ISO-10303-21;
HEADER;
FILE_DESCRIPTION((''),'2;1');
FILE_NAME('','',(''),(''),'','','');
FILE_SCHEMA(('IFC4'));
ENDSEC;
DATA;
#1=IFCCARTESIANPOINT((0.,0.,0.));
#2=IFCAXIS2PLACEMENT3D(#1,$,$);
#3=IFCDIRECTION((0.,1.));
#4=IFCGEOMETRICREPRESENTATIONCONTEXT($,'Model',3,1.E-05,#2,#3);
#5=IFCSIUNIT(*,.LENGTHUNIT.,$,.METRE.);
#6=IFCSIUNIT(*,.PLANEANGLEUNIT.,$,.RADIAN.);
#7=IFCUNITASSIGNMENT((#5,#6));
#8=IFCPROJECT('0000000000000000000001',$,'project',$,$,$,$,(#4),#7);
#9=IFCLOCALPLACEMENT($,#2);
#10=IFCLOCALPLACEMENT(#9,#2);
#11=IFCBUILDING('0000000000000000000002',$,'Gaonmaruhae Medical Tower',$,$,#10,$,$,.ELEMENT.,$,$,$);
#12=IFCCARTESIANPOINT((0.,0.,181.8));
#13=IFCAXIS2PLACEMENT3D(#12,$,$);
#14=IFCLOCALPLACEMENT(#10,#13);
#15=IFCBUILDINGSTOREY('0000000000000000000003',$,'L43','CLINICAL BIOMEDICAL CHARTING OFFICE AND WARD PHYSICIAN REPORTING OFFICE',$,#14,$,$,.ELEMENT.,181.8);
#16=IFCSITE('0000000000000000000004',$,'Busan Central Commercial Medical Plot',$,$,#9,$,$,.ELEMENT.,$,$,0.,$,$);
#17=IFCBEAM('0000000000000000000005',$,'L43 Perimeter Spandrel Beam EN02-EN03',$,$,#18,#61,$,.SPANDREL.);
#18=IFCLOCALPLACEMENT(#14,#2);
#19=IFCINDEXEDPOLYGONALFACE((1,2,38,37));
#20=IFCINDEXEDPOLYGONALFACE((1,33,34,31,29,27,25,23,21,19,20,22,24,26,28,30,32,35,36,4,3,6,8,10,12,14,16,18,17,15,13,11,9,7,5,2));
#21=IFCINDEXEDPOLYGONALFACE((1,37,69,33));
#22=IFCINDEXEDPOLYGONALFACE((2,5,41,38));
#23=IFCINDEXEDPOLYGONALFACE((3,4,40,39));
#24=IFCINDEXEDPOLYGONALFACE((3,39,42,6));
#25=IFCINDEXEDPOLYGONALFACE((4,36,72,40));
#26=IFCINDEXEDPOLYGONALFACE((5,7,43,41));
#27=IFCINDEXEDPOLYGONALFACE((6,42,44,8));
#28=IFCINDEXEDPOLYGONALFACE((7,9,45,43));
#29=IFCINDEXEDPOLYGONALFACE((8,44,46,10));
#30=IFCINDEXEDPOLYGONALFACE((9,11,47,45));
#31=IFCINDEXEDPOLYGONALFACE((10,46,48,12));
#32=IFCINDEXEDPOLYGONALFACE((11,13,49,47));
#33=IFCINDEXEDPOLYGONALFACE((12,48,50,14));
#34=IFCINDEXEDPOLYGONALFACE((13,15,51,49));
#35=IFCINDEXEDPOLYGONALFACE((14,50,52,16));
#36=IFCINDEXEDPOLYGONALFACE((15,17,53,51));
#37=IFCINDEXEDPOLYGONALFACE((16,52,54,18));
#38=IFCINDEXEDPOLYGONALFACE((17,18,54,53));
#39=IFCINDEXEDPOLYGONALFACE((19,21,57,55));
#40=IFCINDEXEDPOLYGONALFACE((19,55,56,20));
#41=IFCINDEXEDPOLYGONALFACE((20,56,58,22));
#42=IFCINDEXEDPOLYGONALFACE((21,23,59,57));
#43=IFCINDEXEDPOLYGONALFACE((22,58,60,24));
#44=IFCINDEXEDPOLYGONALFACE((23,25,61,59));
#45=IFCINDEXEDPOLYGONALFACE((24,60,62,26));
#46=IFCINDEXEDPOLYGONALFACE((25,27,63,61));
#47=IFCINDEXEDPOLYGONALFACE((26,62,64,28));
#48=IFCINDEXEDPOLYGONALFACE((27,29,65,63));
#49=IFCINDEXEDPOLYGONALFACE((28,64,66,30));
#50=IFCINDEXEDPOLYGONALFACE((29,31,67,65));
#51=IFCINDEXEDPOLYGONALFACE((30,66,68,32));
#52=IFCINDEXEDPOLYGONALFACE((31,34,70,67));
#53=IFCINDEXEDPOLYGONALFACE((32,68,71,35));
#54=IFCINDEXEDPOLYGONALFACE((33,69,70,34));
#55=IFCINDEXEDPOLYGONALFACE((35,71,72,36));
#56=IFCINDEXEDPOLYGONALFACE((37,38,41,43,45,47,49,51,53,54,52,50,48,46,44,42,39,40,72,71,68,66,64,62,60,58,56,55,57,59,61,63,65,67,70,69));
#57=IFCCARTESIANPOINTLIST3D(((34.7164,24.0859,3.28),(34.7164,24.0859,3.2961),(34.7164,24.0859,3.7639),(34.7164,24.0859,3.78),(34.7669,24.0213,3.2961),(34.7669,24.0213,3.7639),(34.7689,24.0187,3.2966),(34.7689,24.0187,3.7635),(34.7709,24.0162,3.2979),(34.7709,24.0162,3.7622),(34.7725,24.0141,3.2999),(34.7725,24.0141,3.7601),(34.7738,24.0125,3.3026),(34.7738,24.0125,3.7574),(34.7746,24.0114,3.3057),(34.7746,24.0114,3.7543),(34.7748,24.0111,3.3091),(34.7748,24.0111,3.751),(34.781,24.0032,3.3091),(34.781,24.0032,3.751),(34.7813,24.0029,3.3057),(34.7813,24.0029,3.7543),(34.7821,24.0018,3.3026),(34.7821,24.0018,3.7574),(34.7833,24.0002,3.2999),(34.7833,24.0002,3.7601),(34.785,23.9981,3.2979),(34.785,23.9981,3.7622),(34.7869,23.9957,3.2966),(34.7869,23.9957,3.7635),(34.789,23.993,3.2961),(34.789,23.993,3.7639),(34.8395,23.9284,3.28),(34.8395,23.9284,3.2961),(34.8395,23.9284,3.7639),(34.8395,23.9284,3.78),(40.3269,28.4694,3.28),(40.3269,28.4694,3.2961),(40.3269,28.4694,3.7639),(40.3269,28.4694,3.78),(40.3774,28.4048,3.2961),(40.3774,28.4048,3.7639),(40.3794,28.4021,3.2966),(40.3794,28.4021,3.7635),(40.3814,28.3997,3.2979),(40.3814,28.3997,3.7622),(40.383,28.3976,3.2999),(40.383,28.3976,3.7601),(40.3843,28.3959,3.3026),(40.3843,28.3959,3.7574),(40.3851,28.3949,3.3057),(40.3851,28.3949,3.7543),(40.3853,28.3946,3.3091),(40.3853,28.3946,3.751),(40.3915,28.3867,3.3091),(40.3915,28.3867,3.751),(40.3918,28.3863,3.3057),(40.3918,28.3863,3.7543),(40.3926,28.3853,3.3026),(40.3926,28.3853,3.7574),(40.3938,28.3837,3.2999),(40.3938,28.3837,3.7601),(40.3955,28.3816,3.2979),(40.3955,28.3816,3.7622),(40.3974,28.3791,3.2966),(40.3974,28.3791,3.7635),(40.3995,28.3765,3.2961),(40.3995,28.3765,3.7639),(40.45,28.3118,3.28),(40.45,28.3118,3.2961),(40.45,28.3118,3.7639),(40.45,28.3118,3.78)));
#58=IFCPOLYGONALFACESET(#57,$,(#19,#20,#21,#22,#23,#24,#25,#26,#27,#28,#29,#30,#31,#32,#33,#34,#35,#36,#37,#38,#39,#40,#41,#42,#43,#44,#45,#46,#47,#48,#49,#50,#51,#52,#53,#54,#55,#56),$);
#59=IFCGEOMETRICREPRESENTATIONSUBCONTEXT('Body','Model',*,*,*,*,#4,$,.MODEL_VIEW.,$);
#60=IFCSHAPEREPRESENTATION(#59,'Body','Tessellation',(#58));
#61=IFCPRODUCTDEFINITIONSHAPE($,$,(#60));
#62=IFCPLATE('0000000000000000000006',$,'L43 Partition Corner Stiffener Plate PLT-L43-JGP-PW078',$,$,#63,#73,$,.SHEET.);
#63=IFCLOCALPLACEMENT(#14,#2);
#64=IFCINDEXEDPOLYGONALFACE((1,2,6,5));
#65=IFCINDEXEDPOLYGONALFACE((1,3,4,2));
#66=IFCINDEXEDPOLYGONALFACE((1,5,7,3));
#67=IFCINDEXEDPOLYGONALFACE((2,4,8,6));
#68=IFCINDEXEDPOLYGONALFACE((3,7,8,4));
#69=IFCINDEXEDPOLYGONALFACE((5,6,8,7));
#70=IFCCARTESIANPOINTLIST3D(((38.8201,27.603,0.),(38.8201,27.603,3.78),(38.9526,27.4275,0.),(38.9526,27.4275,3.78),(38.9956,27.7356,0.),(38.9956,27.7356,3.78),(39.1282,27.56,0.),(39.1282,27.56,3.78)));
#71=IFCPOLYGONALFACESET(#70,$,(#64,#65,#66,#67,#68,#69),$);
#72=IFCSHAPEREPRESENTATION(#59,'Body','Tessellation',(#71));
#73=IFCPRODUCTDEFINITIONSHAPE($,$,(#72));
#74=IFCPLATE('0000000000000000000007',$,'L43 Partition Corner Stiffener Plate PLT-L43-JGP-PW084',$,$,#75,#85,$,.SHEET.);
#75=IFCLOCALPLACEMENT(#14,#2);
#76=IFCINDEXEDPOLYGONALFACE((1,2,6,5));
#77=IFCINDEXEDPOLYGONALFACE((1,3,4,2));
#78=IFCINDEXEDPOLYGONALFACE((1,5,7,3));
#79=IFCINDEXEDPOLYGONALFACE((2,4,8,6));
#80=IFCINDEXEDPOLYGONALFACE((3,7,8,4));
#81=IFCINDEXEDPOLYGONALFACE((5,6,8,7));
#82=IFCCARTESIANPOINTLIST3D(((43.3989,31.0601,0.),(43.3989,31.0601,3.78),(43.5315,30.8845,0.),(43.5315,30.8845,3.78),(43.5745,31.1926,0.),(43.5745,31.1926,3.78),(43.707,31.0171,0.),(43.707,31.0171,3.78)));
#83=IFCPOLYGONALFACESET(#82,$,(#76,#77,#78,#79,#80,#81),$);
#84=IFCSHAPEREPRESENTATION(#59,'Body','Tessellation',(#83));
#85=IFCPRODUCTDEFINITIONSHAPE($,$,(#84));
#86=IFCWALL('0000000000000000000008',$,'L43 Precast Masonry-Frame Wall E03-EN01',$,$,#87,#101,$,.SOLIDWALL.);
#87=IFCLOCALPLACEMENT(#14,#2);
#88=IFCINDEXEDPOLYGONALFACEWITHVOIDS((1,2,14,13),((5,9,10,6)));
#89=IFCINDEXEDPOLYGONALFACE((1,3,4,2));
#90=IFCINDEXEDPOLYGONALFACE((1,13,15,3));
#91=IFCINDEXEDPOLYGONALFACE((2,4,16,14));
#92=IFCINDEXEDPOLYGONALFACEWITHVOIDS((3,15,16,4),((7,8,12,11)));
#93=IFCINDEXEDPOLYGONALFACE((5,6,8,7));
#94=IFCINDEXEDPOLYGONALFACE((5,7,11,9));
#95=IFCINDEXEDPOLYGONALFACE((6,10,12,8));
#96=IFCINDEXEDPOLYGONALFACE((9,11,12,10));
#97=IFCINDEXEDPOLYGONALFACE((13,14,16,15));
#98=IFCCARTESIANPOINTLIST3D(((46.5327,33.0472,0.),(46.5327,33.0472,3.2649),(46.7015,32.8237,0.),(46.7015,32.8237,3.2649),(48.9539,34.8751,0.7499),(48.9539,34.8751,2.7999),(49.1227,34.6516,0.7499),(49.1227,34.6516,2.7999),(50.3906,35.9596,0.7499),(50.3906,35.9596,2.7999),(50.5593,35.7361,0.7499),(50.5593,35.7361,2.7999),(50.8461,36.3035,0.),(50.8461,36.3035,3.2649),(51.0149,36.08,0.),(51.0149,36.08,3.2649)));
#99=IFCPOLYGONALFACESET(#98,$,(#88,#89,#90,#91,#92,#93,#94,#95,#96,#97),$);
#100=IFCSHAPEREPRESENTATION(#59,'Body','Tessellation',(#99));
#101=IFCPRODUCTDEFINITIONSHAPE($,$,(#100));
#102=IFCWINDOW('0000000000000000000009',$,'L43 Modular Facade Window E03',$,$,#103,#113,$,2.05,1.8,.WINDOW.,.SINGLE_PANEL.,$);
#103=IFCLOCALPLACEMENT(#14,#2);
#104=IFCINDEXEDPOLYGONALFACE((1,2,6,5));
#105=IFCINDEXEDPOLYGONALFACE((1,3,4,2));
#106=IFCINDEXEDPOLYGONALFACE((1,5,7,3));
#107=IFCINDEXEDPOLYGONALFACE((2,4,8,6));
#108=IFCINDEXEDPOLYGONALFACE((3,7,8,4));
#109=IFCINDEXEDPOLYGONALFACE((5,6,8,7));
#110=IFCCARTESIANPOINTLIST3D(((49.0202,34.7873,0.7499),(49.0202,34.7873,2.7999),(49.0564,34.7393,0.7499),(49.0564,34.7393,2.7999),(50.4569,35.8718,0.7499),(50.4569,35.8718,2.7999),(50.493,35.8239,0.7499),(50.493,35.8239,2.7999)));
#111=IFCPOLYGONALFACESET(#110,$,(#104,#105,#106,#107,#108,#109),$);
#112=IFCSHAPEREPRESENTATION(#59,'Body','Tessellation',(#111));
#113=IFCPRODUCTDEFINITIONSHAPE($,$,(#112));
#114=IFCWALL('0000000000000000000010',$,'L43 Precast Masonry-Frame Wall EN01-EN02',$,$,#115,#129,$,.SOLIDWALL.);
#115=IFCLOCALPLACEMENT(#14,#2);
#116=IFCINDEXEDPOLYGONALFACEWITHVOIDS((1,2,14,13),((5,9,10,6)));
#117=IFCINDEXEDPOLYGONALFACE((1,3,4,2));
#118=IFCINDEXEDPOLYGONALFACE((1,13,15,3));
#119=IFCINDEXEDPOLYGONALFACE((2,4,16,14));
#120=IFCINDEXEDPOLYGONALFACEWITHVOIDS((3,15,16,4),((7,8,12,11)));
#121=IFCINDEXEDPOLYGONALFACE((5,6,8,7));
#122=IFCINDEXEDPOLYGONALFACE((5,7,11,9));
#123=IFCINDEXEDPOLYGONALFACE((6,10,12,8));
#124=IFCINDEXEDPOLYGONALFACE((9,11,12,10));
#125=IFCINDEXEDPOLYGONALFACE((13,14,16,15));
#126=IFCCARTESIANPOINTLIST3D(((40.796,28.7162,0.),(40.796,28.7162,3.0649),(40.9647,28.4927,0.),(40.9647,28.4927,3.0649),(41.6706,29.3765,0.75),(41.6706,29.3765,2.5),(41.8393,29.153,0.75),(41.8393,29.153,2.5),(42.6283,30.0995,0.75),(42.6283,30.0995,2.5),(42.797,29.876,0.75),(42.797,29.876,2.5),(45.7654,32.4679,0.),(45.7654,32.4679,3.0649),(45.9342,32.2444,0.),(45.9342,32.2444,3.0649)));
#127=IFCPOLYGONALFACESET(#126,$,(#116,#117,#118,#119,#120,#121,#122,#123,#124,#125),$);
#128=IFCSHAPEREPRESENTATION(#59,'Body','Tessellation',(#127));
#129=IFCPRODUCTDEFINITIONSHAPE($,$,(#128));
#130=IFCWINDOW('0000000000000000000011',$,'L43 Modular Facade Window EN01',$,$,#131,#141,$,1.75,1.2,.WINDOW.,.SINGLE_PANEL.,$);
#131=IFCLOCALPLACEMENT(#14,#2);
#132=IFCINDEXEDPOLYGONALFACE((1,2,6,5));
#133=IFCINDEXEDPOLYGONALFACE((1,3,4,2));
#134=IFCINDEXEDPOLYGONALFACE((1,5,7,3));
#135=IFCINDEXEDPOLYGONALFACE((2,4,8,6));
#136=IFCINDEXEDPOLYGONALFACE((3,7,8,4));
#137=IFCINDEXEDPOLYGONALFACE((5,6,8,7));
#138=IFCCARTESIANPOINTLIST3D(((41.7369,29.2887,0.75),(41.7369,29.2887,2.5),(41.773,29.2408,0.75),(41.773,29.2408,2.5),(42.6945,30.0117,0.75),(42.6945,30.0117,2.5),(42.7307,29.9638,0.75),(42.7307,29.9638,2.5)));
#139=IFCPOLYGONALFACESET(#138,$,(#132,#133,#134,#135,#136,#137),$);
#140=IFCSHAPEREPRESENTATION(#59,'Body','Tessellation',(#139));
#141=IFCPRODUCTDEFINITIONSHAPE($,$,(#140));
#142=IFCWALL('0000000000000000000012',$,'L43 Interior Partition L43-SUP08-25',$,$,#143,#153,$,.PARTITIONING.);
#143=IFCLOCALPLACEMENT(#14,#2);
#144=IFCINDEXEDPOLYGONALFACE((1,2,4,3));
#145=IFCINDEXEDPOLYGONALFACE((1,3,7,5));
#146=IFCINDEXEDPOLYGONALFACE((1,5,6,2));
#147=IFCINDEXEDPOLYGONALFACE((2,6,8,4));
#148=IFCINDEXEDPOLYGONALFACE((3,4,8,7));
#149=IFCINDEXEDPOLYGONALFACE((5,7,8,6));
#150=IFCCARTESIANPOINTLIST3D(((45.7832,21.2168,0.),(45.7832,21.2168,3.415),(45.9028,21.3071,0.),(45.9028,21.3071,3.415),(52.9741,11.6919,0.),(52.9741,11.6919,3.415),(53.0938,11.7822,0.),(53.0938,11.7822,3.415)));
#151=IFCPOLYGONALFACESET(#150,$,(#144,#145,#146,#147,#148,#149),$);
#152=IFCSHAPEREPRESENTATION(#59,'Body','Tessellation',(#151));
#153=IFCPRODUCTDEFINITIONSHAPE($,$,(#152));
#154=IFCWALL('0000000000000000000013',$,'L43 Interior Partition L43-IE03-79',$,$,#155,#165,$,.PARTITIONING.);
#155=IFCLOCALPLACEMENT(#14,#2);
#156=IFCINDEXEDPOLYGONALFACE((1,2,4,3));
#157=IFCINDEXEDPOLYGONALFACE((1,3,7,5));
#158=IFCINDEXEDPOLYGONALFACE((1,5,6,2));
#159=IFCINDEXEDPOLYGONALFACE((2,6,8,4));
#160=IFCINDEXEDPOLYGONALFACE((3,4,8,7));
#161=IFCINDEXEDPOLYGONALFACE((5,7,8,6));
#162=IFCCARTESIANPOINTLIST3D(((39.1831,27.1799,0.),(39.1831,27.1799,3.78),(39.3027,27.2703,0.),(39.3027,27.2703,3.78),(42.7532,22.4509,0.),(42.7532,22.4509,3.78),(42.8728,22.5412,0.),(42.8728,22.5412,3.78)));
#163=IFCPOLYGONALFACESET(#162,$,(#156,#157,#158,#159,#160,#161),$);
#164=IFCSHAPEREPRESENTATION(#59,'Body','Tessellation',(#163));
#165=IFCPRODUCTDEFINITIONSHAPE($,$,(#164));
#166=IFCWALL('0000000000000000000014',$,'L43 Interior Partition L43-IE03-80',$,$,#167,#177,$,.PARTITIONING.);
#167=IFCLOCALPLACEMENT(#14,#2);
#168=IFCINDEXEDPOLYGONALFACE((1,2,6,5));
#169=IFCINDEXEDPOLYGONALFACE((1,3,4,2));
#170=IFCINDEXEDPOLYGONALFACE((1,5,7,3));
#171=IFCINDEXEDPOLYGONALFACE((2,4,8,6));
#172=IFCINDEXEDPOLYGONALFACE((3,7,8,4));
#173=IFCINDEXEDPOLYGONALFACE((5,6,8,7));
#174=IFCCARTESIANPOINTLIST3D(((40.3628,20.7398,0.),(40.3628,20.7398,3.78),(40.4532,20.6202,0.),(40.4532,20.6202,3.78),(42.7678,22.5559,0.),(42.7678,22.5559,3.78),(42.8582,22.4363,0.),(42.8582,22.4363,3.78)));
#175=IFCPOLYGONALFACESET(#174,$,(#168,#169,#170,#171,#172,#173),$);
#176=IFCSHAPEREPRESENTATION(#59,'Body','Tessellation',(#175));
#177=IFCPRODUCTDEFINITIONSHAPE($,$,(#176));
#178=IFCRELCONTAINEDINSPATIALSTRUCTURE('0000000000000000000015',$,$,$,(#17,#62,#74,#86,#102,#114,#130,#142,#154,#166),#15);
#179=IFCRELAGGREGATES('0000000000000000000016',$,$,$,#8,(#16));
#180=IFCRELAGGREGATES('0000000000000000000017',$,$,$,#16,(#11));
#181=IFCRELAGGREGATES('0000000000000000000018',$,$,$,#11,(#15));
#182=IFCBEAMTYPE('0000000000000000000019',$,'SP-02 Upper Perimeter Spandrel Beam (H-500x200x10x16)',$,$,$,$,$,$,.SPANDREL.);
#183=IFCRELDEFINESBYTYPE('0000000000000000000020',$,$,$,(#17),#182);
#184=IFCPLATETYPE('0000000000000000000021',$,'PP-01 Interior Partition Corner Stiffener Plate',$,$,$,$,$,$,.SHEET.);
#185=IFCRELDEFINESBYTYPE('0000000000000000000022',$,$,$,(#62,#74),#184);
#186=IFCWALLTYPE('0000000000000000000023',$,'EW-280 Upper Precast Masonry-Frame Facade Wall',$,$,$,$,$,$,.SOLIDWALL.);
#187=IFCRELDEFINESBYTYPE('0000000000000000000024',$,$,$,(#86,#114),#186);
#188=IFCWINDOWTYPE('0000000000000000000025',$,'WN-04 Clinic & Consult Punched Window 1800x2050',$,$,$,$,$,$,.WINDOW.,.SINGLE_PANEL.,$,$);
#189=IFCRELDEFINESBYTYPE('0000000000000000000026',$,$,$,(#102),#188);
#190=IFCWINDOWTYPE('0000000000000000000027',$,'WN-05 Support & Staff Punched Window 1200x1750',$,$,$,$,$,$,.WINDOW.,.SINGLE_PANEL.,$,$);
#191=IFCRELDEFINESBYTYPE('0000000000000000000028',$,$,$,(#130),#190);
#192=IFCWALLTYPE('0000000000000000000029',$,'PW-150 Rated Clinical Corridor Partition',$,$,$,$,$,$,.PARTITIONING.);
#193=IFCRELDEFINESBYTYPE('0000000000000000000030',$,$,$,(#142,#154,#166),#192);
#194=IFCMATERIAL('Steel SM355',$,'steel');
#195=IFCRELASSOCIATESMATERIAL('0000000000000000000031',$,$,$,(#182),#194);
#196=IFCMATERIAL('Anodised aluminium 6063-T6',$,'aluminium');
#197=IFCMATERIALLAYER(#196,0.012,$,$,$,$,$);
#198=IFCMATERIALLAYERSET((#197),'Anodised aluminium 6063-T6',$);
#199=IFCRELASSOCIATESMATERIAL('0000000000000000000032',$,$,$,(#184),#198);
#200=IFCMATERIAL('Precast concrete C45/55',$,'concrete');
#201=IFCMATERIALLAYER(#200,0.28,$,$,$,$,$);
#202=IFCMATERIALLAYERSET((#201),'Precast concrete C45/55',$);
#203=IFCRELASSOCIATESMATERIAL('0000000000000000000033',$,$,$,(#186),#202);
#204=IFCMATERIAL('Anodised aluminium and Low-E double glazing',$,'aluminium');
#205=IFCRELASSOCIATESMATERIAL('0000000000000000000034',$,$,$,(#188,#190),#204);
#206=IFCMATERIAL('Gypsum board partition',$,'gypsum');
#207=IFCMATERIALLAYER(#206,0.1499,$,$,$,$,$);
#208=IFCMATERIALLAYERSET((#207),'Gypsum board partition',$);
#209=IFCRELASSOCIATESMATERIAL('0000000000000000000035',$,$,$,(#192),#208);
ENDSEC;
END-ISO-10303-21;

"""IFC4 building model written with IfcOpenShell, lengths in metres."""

from ifc_helpers import new_model, si_unit, direction, frame, frame_2d, origin, origin_2d, place, context, subcontext, project, spatial, rectangle, i_section, extrude, material, layer, layer_set, material_profile, profile_set, type_object, element, fill, save


model = new_model("IFC4")

# Units and contexts
model_context = context("Model", 3, precision=1e-05, world=origin(), true_north=direction((0.0, 1.0)))
body_context = subcontext(model_context, "Body", "Model", "MODEL_VIEW")
ifc_project = project(units=[si_unit("LENGTHUNIT", "METRE"), si_unit("PLANEANGLEUNIT", "RADIAN")], contexts=[model_context])

# Site, building, storey
site_placement = place(None, origin())
site = spatial("IfcSite", under=ifc_project, at=site_placement, Name="Busan Central Commercial Medical Plot", CompositionType="ELEMENT", RefElevation=0.0)
building_placement = place(site_placement, origin())
building = spatial("IfcBuilding", under=site, at=building_placement, Name="Gaonmaruhae Medical Tower", CompositionType="ELEMENT")
storey_placement = place(building_placement, frame((0.0, 0.0, 181.8)))
storey = spatial("IfcBuildingStorey", under=building, at=storey_placement, Name="L43", Description="CLINICAL BIOMEDICAL CHARTING OFFICE AND WARD PHYSICIAN REPORTING OFFICE", CompositionType="ELEMENT", Elevation=181.8)

# Beam
ifc_material_1 = material(Name="Steel SM355", Category="steel")
ifc_material_profile_1 = material_profile(ifc_material_1, i_section(OverallWidth=0.2, OverallDepth=0.5, WebThickness=0.01, FlangeThickness=0.0161, FilletRadius=0.0129, at=origin_2d()), Name="H-500x200x10x16")
ifc_profile_set_1 = profile_set([ifc_material_profile_1], Name="Steel SM355")
beam_type_1 = type_object("IfcBeamType", Name="SP-02 Upper Perimeter Spandrel Beam (H-500x200x10x16)", PredefinedType="SPANDREL", material=ifc_profile_set_1)
for number, where, z_axis, x_axis, name in (
    (1, (40.3884, 28.3906, 3.53), (-0.788006, -0.615667, 0.0), (0.615667, -0.788006, 0.0), "L43 Perimeter Spandrel Beam EN02-EN03"),
):
    element("IfcBeam", number, at=place(storey_placement, frame(where, z_axis=z_axis, x_axis=x_axis)), inside=storey, type_object=beam_type_1, Name=name, PredefinedType="SPANDREL", context=body_context, shape_type="SweptSolid", body=[
        extrude(i_section(OverallWidth=0.2, OverallDepth=0.5, WebThickness=0.01, FlangeThickness=0.0161, FilletRadius=0.0129, at=origin_2d()), origin(), (0.0, 0.0, 1.0), 7.1199),
    ])

# Plates
ifc_material_2 = material(Name="Anodised aluminium 6063-T6", Category="aluminium")
ifc_layer_1 = layer(ifc_material_2, 0.012)
ifc_layer_set_1 = layer_set([ifc_layer_1], Name="Anodised aluminium 6063-T6")
plate_type = type_object("IfcPlateType", Name="PP-01 Interior Partition Corner Stiffener Plate", PredefinedType="SHEET", material=ifc_layer_set_1)
for number, where, z_axis, x_axis, name in (
    (2, (38.9741, 27.5815, 0.0), (0.0, 0.0, 1.0), (0.602567, -0.798068, 0.0), "L43 Partition Corner Stiffener Plate PLT-L43-JGP-PW078"),
    (3, (43.553, 31.0386, 0.0), (0.0, 0.0, 1.0), (0.602567, -0.798068, 0.0), "L43 Partition Corner Stiffener Plate PLT-L43-JGP-PW084"),
):
    element("IfcPlate", number, at=place(storey_placement, frame(where, z_axis=z_axis, x_axis=x_axis)), inside=storey, type_object=plate_type, Name=name, PredefinedType="SHEET", context=body_context, shape_type="SweptSolid", body=[
        extrude(rectangle(XDim=0.22, YDim=0.22, at=origin_2d()), origin(), (0.0, 0.0, 1.0), 3.78),
    ])

# Walls, openings, windows
ifc_material_3 = material(Name="Precast concrete C45/55", Category="concrete")
ifc_layer_2 = layer(ifc_material_3, 0.28)
ifc_layer_set_2 = layer_set([ifc_layer_2], Name="Precast concrete C45/55")
wall_type_1 = type_object("IfcWallType", Name="EW-280 Upper Precast Masonry-Frame Facade Wall", PredefinedType="SOLIDWALL", material=ifc_layer_set_2)
wall_1_placement = place(storey_placement, frame((46.6172, 32.9355, 0.0), z_axis=(0.0, 0.0, 1.0), x_axis=(0.79811, 0.602512, 0.0)))
wall_1 = element("IfcWall", 4, at=wall_1_placement, inside=storey, type_object=wall_type_1, Name="L43 Precast Masonry-Frame Wall E03-EN01", PredefinedType="SOLIDWALL", context=body_context, shape_type="SweptSolid", body=[
    extrude(rectangle(XDim=5.4045, YDim=0.28, at=frame_2d((2.7021, 0.0))), origin(), (0.0, 0.0, 1.0), 3.2649),
])
opening_1_placement = place(wall_1_placement, frame((3.0337, 0.0, 0.75)))
opening_1 = element("IfcOpeningElement", 5, at=opening_1_placement, cuts=wall_1, PredefinedType="OPENING", context=body_context, shape_type="SweptSolid", body=[
    extrude(rectangle(XDim=1.8, YDim=2.05, at=frame_2d((0.8999, 1.0249))), frame((0.0, 0.1499, 0.0), z_axis=(0.0, -1.0, 0.0), x_axis=(1.0, 0.0, 0.0)), (0.0, 0.0, 1.0), 0.3),
])
ifc_material_4 = material(Name="Anodised aluminium and Low-E double glazing", Category="aluminium")
window_type_1 = type_object("IfcWindowType", Name="WN-04 Clinic & Consult Punched Window 1800x2050", PartitioningType="SINGLE_PANEL", PredefinedType="WINDOW", material=ifc_material_4)
window_1_placement = place(opening_1_placement, origin())
window_1 = element("IfcWindow", 6, at=window_1_placement, inside=storey, type_object=window_type_1, Name="L43 Modular Facade Window E03", OverallHeight=2.05, OverallWidth=1.8, PartitioningType="SINGLE_PANEL", PredefinedType="WINDOW", context=body_context, shape_type="SweptSolid", body=[
    extrude(rectangle(XDim=1.8, YDim=2.05, at=frame_2d((0.8999, 1.0249))), frame((0.0, 0.03, 0.0), z_axis=(0.0, -1.0, 0.0), x_axis=(1.0, 0.0, 0.0)), (0.0, 0.0, 1.0), 0.0601),
])
fill(opening_1, window_1)
wall_2_placement = place(storey_placement, frame((40.8804, 28.6045, 0.0), z_axis=(0.0, 0.0, 1.0), x_axis=(0.7981, 0.602525, 0.0)))
wall_2 = element("IfcWall", 7, at=wall_2_placement, inside=storey, type_object=wall_type_1, Name="L43 Precast Masonry-Frame Wall EN01-EN02", PredefinedType="SOLIDWALL", context=body_context, shape_type="SweptSolid", body=[
    extrude(rectangle(XDim=6.2266, YDim=0.28, at=frame_2d((3.1133, 0.0))), origin(), (0.0, 0.0, 1.0), 3.0649),
])
opening_2_placement = place(wall_2_placement, frame((1.0957, 0.0, 0.75)))
opening_2 = element("IfcOpeningElement", 8, at=opening_2_placement, cuts=wall_2, PredefinedType="OPENING", context=body_context, shape_type="SweptSolid", body=[
    extrude(rectangle(XDim=1.2, YDim=1.75, at=frame_2d((0.6001, 0.875))), frame((0.0, 0.1499, 0.0), z_axis=(0.0, -1.0, 0.0), x_axis=(1.0, 0.0, 0.0)), (0.0, 0.0, 1.0), 0.3),
])
window_type_2 = type_object("IfcWindowType", Name="WN-05 Support & Staff Punched Window 1200x1750", PartitioningType="SINGLE_PANEL", PredefinedType="WINDOW", material=ifc_material_4)
window_2_placement = place(opening_2_placement, origin())
window_2 = element("IfcWindow", 9, at=window_2_placement, inside=storey, type_object=window_type_2, Name="L43 Modular Facade Window EN01", OverallHeight=1.75, OverallWidth=1.2, PartitioningType="SINGLE_PANEL", PredefinedType="WINDOW", context=body_context, shape_type="SweptSolid", body=[
    extrude(rectangle(XDim=1.2, YDim=1.75, at=frame_2d((0.6001, 0.875))), frame((0.0, 0.03, 0.0), z_axis=(0.0, -1.0, 0.0), x_axis=(1.0, 0.0, 0.0)), (0.0, 0.0, 1.0), 0.0601),
])
fill(opening_2, window_2)

# Wall
ifc_material_5 = material(Name="Gypsum board partition", Category="gypsum")
ifc_layer_3 = layer(ifc_material_5, 0.1499)
ifc_layer_set_3 = layer_set([ifc_layer_3], Name="Gypsum board partition")
wall_type_2 = type_object("IfcWallType", Name="PW-150 Rated Clinical Corridor Partition", PredefinedType="PARTITIONING", material=ifc_layer_set_3)
wall_3_placement = place(storey_placement, frame((45.843, 21.262, 0.0), z_axis=(0.0, 0.0, 1.0), x_axis=(0.60253, -0.798096, 0.0)))
element("IfcWall", 10, at=wall_3_placement, inside=storey, type_object=wall_type_2, Name="L43 Interior Partition L43-SUP08-25", PredefinedType="PARTITIONING", context=body_context, shape_type="SweptSolid", body=[
    extrude(rectangle(XDim=11.9346, YDim=0.1499, at=frame_2d((5.9673, 0.0))), origin(), (0.0, 0.0, 1.0), 3.415),
])

# Walls
wall_4_placement = place(storey_placement, frame((39.2429, 27.2251, 0.0), z_axis=(0.0, 0.0, 1.0), x_axis=(0.602515, -0.798107, 0.0)))
element("IfcWall", 11, at=wall_4_placement, inside=storey, type_object=wall_type_2, Name="L43 Interior Partition L43-IE03-79", PredefinedType="PARTITIONING", context=body_context, shape_type="SweptSolid", body=[
    extrude(rectangle(XDim=5.9253, YDim=0.1499, at=frame_2d((2.9626, 0.0))), origin(), (0.0, 0.0, 1.0), 3.78),
])
wall_5_placement = place(storey_placement, frame((42.813, 22.4961, 0.0), z_axis=(0.0, 0.0, 1.0), x_axis=(-0.798022, -0.602628, 0.0)))
element("IfcWall", 12, at=wall_5_placement, inside=storey, type_object=wall_type_2, Name="L43 Interior Partition L43-IE03-80", PredefinedType="PARTITIONING", context=body_context, shape_type="SweptSolid", body=[
    extrude(rectangle(XDim=3.0137, YDim=0.1499, at=frame_2d((1.5068, 0.0))), origin(), (0.0, 0.0, 1.0), 3.78),
])

save(model, "model.ifc")
